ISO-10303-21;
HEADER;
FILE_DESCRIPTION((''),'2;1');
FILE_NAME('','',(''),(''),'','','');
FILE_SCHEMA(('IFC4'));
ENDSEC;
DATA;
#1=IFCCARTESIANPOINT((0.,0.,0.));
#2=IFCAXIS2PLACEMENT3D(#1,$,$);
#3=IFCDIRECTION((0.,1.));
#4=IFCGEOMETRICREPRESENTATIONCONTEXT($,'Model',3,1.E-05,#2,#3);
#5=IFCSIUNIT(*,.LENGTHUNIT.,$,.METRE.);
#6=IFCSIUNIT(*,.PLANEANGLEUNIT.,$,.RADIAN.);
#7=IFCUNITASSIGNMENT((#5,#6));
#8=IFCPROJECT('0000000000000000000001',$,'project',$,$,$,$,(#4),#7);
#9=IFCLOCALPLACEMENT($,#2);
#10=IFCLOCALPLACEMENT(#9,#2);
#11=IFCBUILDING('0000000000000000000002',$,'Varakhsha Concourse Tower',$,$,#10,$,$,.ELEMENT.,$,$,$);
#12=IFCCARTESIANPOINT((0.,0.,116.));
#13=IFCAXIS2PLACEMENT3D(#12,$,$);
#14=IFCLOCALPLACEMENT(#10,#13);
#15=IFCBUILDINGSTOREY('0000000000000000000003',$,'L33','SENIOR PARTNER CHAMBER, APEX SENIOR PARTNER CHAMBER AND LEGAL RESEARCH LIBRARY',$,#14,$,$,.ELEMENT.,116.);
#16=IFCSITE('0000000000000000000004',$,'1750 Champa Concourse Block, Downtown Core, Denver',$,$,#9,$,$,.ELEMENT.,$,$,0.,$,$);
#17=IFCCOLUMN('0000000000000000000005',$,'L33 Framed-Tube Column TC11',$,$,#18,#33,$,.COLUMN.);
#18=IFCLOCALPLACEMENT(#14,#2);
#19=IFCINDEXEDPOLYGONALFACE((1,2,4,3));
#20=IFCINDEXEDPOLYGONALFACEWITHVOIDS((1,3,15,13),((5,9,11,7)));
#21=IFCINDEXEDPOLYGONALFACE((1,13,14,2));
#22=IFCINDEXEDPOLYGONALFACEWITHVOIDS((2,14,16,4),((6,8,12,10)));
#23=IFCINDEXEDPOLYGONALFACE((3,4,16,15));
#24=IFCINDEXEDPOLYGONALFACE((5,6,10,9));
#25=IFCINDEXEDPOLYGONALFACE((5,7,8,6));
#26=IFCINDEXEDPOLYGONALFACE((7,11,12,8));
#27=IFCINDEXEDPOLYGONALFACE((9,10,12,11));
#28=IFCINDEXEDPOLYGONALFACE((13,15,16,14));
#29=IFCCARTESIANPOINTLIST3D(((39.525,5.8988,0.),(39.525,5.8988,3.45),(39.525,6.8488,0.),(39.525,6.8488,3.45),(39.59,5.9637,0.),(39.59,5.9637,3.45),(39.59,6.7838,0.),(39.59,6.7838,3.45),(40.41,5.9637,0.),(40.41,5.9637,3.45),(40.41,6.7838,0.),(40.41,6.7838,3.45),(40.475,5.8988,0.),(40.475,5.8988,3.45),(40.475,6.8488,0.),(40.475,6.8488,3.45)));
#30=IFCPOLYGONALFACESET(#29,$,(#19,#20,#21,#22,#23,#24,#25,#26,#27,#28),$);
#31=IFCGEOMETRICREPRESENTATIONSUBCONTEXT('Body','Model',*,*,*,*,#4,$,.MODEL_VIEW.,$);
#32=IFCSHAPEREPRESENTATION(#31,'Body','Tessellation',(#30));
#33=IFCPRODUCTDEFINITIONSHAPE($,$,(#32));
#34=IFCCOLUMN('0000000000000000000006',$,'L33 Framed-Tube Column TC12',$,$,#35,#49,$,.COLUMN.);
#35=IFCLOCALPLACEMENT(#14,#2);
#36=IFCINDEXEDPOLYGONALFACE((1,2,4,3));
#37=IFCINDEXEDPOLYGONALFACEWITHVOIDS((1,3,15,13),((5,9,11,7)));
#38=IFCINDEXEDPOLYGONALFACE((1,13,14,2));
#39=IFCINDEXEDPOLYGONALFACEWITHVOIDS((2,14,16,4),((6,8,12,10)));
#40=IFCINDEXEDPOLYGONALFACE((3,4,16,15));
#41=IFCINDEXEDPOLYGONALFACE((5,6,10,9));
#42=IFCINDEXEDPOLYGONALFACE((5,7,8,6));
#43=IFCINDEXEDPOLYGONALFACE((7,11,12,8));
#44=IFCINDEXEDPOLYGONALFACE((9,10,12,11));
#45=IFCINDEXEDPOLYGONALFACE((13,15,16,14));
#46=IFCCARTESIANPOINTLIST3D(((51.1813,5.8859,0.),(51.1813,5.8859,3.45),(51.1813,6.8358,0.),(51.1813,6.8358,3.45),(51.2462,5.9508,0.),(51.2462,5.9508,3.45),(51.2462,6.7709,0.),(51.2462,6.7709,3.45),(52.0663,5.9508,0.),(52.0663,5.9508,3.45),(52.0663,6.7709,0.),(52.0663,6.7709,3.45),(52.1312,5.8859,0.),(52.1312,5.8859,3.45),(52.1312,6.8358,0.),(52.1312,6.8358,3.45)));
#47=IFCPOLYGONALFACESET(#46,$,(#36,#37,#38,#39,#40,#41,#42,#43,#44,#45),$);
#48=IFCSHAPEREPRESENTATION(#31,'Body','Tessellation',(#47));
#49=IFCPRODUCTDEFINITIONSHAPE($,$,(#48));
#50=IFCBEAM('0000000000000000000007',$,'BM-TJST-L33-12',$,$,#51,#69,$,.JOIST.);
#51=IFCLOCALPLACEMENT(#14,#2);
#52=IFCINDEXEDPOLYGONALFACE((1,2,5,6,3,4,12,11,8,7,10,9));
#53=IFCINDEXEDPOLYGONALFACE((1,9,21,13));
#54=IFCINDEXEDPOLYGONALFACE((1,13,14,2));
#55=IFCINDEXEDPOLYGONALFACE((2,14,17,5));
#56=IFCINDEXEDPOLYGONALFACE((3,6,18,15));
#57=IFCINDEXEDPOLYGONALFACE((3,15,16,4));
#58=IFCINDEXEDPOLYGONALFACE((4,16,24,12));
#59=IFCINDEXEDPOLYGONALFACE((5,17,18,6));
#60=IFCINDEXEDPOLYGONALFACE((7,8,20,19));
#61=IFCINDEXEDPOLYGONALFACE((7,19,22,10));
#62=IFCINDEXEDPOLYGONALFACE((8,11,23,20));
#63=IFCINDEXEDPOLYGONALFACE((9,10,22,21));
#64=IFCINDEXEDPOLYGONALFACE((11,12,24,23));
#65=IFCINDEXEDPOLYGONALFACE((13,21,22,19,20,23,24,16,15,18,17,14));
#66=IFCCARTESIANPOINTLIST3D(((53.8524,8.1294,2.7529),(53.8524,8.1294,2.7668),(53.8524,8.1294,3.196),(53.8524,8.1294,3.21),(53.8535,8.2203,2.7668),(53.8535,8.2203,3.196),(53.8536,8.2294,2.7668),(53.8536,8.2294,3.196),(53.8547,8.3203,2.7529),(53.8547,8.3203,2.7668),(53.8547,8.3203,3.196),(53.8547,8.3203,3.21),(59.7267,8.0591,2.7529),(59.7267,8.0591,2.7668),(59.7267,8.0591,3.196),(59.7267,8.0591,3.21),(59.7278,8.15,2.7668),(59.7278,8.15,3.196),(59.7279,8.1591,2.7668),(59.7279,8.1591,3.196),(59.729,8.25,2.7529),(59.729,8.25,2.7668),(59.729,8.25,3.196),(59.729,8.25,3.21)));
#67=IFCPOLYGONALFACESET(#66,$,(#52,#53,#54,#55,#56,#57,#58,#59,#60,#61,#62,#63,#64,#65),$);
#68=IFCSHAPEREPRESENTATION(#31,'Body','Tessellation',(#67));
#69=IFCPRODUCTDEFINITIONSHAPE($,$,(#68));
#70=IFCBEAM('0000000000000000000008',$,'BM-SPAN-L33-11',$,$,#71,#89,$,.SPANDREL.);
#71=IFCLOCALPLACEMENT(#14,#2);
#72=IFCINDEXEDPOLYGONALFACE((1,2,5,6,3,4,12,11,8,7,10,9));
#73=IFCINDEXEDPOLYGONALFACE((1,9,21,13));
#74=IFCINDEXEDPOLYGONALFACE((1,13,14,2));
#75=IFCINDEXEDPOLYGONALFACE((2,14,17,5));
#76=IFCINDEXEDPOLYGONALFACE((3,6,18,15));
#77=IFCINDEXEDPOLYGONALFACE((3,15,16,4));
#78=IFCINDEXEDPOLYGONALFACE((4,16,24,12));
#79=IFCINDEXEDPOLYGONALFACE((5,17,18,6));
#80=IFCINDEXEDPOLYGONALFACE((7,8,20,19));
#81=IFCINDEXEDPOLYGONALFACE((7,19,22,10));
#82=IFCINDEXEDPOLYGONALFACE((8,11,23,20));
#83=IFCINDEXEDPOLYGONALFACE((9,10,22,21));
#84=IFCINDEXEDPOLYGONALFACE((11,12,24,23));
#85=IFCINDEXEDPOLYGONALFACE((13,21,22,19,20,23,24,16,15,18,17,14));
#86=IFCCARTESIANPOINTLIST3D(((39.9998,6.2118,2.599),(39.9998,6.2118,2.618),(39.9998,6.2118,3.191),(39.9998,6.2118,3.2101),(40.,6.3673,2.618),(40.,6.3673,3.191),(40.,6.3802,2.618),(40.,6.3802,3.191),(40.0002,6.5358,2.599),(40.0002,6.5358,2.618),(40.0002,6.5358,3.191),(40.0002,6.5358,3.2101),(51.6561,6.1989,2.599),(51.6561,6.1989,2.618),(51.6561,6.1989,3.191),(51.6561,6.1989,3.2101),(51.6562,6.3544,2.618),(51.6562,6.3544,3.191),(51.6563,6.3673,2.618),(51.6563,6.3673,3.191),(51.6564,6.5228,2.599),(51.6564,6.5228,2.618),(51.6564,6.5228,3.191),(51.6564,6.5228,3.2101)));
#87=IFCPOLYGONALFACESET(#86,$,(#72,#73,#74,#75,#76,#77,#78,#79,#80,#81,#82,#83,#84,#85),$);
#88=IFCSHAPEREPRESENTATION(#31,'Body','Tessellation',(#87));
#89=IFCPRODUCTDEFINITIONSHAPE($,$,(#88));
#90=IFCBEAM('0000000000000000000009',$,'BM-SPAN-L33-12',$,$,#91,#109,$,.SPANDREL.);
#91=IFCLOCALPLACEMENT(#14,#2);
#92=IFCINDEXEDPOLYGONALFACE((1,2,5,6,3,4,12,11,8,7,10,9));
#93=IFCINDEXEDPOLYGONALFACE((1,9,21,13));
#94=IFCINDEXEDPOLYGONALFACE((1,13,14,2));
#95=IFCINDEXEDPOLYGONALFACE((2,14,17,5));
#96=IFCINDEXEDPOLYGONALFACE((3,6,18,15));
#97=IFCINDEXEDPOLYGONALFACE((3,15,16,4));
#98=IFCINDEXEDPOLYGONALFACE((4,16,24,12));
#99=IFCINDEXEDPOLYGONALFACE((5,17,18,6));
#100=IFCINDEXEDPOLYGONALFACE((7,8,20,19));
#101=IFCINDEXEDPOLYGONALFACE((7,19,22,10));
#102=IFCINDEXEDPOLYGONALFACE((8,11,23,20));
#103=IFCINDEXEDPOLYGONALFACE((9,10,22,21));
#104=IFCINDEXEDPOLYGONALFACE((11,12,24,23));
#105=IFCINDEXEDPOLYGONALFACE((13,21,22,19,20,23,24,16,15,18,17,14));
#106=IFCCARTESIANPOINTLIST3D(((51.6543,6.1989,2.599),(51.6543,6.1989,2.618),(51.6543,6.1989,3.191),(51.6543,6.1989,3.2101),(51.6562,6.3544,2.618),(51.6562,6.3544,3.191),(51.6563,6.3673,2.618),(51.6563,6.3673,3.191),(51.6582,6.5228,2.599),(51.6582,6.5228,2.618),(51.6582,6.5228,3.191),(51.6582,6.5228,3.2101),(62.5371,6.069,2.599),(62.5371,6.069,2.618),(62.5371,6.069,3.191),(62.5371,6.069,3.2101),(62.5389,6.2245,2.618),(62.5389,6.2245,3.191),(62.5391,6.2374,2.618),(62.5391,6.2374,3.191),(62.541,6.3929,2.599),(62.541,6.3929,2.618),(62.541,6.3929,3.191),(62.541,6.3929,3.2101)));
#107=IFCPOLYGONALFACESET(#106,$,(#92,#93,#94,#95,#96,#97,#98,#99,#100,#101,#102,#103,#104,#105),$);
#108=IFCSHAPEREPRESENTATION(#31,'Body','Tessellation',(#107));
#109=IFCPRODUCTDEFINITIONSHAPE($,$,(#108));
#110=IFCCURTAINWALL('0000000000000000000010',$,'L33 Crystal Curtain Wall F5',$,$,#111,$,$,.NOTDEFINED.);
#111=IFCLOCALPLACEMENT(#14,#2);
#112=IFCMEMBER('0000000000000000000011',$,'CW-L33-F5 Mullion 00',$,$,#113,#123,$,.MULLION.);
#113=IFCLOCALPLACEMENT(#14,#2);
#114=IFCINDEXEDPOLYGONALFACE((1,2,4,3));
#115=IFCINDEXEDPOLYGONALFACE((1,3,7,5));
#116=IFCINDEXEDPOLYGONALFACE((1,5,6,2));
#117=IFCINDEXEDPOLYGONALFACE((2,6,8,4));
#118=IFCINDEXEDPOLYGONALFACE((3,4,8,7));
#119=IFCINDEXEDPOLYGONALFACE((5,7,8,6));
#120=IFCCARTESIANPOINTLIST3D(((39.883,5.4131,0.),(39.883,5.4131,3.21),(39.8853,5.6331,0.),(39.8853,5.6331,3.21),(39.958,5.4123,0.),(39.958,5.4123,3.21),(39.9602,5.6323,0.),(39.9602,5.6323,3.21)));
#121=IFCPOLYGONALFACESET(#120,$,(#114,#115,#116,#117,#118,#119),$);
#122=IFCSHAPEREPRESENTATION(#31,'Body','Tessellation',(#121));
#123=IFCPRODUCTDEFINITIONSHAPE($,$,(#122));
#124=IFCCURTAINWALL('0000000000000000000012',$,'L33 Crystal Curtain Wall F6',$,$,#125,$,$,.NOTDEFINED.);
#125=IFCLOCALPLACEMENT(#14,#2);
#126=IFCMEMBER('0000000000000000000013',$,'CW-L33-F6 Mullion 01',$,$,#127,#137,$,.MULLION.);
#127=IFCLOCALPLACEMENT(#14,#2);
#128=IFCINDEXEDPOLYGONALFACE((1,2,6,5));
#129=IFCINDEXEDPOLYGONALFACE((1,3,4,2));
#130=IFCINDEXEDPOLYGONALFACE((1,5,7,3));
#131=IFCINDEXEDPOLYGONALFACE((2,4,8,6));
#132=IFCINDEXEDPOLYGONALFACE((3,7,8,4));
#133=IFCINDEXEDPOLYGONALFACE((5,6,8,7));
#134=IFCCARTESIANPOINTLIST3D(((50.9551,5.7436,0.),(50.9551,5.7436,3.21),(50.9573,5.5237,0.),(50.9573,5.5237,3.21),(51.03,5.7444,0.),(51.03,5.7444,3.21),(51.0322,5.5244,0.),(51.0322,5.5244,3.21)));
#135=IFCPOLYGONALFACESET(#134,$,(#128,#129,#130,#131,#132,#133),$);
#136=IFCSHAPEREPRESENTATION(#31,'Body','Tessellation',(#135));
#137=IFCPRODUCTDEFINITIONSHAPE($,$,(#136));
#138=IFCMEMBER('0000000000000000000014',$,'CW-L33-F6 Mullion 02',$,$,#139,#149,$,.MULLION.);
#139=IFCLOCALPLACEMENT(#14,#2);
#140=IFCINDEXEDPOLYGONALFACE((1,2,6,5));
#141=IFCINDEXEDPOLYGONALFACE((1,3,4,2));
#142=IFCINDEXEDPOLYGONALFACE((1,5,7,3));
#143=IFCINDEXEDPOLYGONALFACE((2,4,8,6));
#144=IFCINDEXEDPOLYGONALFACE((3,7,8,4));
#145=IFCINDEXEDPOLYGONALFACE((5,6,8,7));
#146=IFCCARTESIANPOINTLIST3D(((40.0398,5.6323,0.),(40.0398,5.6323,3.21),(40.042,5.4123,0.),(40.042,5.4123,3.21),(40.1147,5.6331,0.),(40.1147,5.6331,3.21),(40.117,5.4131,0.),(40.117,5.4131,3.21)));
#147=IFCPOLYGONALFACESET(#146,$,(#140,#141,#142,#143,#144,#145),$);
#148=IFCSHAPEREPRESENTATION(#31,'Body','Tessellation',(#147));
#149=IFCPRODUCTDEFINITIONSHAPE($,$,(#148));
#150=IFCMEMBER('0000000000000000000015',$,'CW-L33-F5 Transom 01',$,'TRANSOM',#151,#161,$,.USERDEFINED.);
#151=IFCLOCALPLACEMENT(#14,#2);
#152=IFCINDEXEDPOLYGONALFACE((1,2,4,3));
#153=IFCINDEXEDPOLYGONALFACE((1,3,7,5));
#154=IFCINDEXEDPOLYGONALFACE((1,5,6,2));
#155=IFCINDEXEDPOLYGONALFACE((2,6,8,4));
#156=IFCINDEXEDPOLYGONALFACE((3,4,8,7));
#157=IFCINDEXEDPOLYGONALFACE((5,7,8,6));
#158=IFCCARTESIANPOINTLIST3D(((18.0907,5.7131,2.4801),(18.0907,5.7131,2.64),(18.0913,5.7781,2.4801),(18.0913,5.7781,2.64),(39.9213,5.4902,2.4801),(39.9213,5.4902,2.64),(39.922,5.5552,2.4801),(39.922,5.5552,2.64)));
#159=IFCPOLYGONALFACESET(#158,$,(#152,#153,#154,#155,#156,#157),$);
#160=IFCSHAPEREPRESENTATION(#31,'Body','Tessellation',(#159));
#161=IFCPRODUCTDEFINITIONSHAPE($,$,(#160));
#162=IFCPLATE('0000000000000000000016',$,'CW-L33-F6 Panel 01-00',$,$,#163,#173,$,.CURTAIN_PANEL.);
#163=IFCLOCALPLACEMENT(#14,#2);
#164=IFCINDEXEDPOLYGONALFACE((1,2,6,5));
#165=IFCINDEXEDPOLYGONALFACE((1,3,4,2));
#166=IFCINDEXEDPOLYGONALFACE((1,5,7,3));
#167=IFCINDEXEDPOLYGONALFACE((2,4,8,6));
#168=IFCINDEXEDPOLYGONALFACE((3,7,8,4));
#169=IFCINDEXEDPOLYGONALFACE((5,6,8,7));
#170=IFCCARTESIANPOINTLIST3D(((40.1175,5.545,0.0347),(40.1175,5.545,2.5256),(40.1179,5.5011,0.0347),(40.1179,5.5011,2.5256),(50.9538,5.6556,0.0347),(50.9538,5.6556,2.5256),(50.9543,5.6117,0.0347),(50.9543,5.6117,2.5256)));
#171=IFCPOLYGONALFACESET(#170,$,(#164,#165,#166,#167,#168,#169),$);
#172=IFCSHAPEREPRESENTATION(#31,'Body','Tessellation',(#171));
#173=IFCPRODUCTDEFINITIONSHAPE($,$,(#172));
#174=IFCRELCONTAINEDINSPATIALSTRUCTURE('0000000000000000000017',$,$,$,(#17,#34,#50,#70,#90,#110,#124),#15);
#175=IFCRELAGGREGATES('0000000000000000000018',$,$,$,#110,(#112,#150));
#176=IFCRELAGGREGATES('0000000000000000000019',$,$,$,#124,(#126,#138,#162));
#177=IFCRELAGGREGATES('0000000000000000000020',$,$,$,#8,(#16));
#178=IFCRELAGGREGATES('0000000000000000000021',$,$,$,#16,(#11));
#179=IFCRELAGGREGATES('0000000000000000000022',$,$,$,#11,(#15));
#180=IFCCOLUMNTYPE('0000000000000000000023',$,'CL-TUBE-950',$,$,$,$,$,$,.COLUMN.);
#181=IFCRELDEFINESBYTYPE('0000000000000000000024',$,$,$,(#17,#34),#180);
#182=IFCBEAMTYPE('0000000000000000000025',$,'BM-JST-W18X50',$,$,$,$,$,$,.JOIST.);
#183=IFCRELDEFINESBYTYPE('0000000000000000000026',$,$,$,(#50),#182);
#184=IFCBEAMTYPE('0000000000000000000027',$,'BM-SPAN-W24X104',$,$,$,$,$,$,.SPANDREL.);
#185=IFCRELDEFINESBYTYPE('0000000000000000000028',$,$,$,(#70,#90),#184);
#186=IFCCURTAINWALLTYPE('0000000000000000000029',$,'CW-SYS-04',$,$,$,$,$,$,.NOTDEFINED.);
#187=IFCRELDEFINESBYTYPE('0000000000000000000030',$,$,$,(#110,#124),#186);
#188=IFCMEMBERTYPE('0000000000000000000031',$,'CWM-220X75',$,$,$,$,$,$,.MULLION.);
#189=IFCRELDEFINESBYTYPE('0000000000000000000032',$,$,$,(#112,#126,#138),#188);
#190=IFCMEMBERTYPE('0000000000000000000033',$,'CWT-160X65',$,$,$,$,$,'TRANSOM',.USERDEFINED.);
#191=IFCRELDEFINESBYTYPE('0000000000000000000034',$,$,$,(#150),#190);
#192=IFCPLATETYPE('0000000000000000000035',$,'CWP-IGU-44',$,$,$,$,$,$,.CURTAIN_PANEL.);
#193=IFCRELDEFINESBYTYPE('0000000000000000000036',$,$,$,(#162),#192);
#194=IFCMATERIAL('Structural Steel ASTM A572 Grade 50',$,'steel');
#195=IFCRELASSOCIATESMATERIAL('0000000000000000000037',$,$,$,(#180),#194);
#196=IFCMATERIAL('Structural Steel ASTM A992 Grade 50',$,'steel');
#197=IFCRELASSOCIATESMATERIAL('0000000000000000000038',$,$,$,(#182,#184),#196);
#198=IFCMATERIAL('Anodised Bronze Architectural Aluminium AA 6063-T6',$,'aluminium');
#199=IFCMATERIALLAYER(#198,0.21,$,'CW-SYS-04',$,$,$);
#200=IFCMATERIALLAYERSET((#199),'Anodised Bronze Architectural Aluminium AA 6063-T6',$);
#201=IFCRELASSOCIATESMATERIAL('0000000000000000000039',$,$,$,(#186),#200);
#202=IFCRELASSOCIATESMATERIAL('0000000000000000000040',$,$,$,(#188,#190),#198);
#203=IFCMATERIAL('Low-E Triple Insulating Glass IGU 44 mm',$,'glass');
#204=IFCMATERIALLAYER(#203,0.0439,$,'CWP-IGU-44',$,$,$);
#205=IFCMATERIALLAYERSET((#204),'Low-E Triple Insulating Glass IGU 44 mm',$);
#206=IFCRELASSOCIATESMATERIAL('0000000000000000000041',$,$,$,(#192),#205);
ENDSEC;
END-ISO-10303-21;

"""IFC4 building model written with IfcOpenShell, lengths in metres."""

from ifc_helpers import new_model, si_unit, direction, frame, origin, origin_2d, place, context, subcontext, project, spatial, rectangle, hollow_rectangle, i_section, extrude, source, transform, mapped, material, layer, layer_set, material_profile, profile_set, type_object, type_shapes, element, aggregate, save


model = new_model("IFC4")

# Units and contexts
model_context = context("Model", 3, precision=1e-05, world=origin(), true_north=direction((0.0, 1.0)))
body_context = subcontext(model_context, "Body", "Model", "MODEL_VIEW")
ifc_project = project(units=[si_unit("LENGTHUNIT", "METRE"), si_unit("PLANEANGLEUNIT", "RADIAN")], contexts=[model_context])

# Site, building, storey
site_placement = place(None, origin())
site = spatial("IfcSite", under=ifc_project, at=site_placement, Name="1750 Champa Concourse Block, Downtown Core, Denver", CompositionType="ELEMENT", RefElevation=0.0)
building_placement = place(site_placement, origin())
building = spatial("IfcBuilding", under=site, at=building_placement, Name="Varakhsha Concourse Tower", CompositionType="ELEMENT")
storey_placement = place(building_placement, frame((0.0, 0.0, 116.0)))
storey = spatial("IfcBuildingStorey", under=building, at=storey_placement, Name="L33", Description="SENIOR PARTNER CHAMBER, APEX SENIOR PARTNER CHAMBER AND LEGAL RESEARCH LIBRARY", CompositionType="ELEMENT", Elevation=116.0)

# Columns
ifc_material_1 = material(Name="Structural Steel ASTM A572 Grade 50", Category="steel")
ifc_material_profile_1 = material_profile(ifc_material_1, hollow_rectangle(XDim=0.95, YDim=0.95, WallThickness=0.0649, at=origin_2d()), Name="BOX 950x950x65")
ifc_profile_set_1 = profile_set([ifc_material_profile_1], Name="Structural Steel ASTM A572 Grade 50")
column_type = type_object("IfcColumnType", Name="CL-TUBE-950", PredefinedType="COLUMN", material=ifc_profile_set_1)
for number, where, z_axis, x_axis, name in (
    (1, (40.0, 6.3738, 0.0), (0.0, 0.0, 1.0), (1.0, 0.0, 0.0), "L33 Framed-Tube Column TC11"),
    (2, (51.6562, 6.3608, 0.0), (0.0, 0.0, 1.0), (1.0, 0.0, 0.0), "L33 Framed-Tube Column TC12"),
):
    element("IfcColumn", number, at=place(storey_placement, frame(where, z_axis=z_axis, x_axis=x_axis)), inside=storey, type_object=column_type, Name=name, PredefinedType="COLUMN", context=body_context, shape_type="SweptSolid", body=[
        extrude(hollow_rectangle(XDim=0.95, YDim=0.95, WallThickness=0.0649, at=origin_2d()), origin(), (0.0, 0.0, 1.0), 3.45),
    ])

# Beams
ifc_material_2 = material(Name="Structural Steel ASTM A992 Grade 50", Category="steel")
ifc_material_profile_2 = material_profile(ifc_material_2, i_section(OverallWidth=0.1909, OverallDepth=0.457, WebThickness=0.009, FlangeThickness=0.0139, at=origin_2d()), Name="W18X50")
ifc_profile_set_2 = profile_set([ifc_material_profile_2], Name="Structural Steel ASTM A992 Grade 50")
beam_type_1 = type_object("IfcBeamType", Name="BM-JST-W18X50", PredefinedType="JOIST", material=ifc_profile_set_2)
beam_1_placement = place(storey_placement, frame((53.8535, 8.2249, 2.9814), z_axis=(0.999928, -0.011969, 0.0), x_axis=(0.011969, 0.999928, 0.0)))
element("IfcBeam", 3, at=beam_1_placement, inside=storey, type_object=beam_type_1, Name="BM-TJST-L33-12", PredefinedType="JOIST", context=body_context, shape_type="SweptSolid", body=[
    extrude(i_section(OverallWidth=0.1909, OverallDepth=0.457, WebThickness=0.009, FlangeThickness=0.0139, at=origin_2d()), origin(), (0.0, 0.0, 1.0), 5.8748),
])
ifc_material_profile_3 = material_profile(ifc_material_2, i_section(OverallWidth=0.324, OverallDepth=0.6111, WebThickness=0.0129, FlangeThickness=0.019, at=origin_2d()), Name="W24X104")
ifc_profile_set_3 = profile_set([ifc_material_profile_3], Name="Structural Steel ASTM A992 Grade 50")
beam_type_2 = type_object("IfcBeamType", Name="BM-SPAN-W24X104", PredefinedType="SPANDREL", material=ifc_profile_set_3)
beam_2_placement = place(storey_placement, frame((40.0, 6.3738, 2.9045), z_axis=(0.999999, -0.00111, 0.0), x_axis=(0.00111, 0.999999, 0.0)))
element("IfcBeam", 4, at=beam_2_placement, inside=storey, type_object=beam_type_2, Name="BM-SPAN-L33-11", PredefinedType="SPANDREL", context=body_context, shape_type="SweptSolid", body=[
    extrude(i_section(OverallWidth=0.324, OverallDepth=0.6111, WebThickness=0.0129, FlangeThickness=0.019, at=origin_2d()), origin(), (0.0, 0.0, 1.0), 11.6562),
])
beam_3_placement = place(storey_placement, frame((51.6562, 6.3608, 2.9045), z_axis=(0.999929, -0.011934, 0.0), x_axis=(0.011934, 0.999929, 0.0)))
element("IfcBeam", 5, at=beam_3_placement, inside=storey, type_object=beam_type_2, Name="BM-SPAN-L33-12", PredefinedType="SPANDREL", context=body_context, shape_type="SweptSolid", body=[
    extrude(i_section(OverallWidth=0.324, OverallDepth=0.6111, WebThickness=0.0129, FlangeThickness=0.019, at=origin_2d()), origin(), (0.0, 0.0, 1.0), 10.8835),
])

# Curtain wall, member
ifc_material_3 = material(Name="Anodised Bronze Architectural Aluminium AA 6063-T6", Category="aluminium")
ifc_layer_1 = layer(ifc_material_3, 0.21, Name="CW-SYS-04")
ifc_layer_set_1 = layer_set([ifc_layer_1], Name="Anodised Bronze Architectural Aluminium AA 6063-T6")
curtain_wall_type = type_object("IfcCurtainWallType", Name="CW-SYS-04", PredefinedType="NOTDEFINED", material=ifc_layer_set_1)
curtain_wall_1_placement = place(storey_placement, origin())
curtain_wall_1 = element("IfcCurtainWall", 6, at=curtain_wall_1_placement, inside=storey, type_object=curtain_wall_type, Name="L33 Crystal Curtain Wall F5", PredefinedType="NOTDEFINED")
ifc_material_profile_4 = material_profile(ifc_material_3, rectangle(XDim=0.075, YDim=0.22, at=origin_2d()), Name="CWM-220X75")
ifc_profile_set_4 = profile_set([ifc_material_profile_4], Name="Anodised Bronze Architectural Aluminium AA 6063-T6")
member_type_1 = type_object("IfcMemberType", Name="CWM-220X75", PredefinedType="MULLION", material=ifc_profile_set_4)
shared_shape_1 = source(origin(), body_context, "Body", "SweptSolid", [
    extrude(rectangle(XDim=0.075, YDim=0.22, at=origin_2d()), origin(), (0.0, 0.0, 1.0), 3.21),
])
type_shapes(member_type_1, [shared_shape_1])
member_1_placement = place(storey_placement, frame((39.9216, 5.5227, 0.0), z_axis=(0.0, 0.0, 1.0), x_axis=(-0.999948, 0.010205, 0.0)))
member_1 = element("IfcMember", 7, at=member_1_placement, type_object=member_type_1, Name="CW-L33-F5 Mullion 00", PredefinedType="MULLION", context=body_context, shape_type="MappedRepresentation", body=[
    mapped(shared_shape_1, transform((0.0, 0.0, 0.0), scale=1.0)),
])

# Curtain wall, members
curtain_wall_2_placement = place(storey_placement, origin())
curtain_wall_2 = element("IfcCurtainWall", 8, at=curtain_wall_2_placement, inside=storey, type_object=curtain_wall_type, Name="L33 Crystal Curtain Wall F6", PredefinedType="NOTDEFINED")
member_2_placement = place(storey_placement, frame((50.9937, 5.634, 0.0), z_axis=(0.0, 0.0, 1.0), x_axis=(-0.999948, -0.010205, 0.0)))
member_2 = element("IfcMember", 9, at=member_2_placement, type_object=member_type_1, Name="CW-L33-F6 Mullion 01", PredefinedType="MULLION", context=body_context, shape_type="MappedRepresentation", body=[
    mapped(shared_shape_1, transform((0.0, 0.0, 0.0), scale=1.0)),
])
member_3_placement = place(storey_placement, frame((40.0784, 5.5227, 0.0), z_axis=(0.0, 0.0, 1.0), x_axis=(-0.999948, -0.010205, 0.0)))
member_3 = element("IfcMember", 10, at=member_3_placement, type_object=member_type_1, Name="CW-L33-F6 Mullion 02", PredefinedType="MULLION", context=body_context, shape_type="MappedRepresentation", body=[
    mapped(shared_shape_1, transform((0.0, 0.0, 0.0), scale=1.0)),
])

# Member
ifc_material_profile_5 = material_profile(ifc_material_3, rectangle(XDim=0.0649, YDim=0.1599, at=origin_2d()), Name="CWT-160X65")
ifc_profile_set_5 = profile_set([ifc_material_profile_5], Name="Anodised Bronze Architectural Aluminium AA 6063-T6")
member_type_2 = type_object("IfcMemberType", Name="CWT-160X65", ElementType="TRANSOM", PredefinedType="USERDEFINED", material=ifc_profile_set_5)
shared_shape_2 = source(origin(), body_context, "Body", "SweptSolid", [
    extrude(rectangle(XDim=0.0649, YDim=0.1599, at=origin_2d()), origin(), (0.0, 0.0, 1.0), 21.8318),
])
type_shapes(member_type_2, [shared_shape_2])
member_4_placement = place(storey_placement, frame((39.9216, 5.5227, 2.5601), z_axis=(-0.999948, 0.01021, 0.0), x_axis=(-0.01021, -0.999948, 0.0)))
member_4 = element("IfcMember", 11, at=member_4_placement, type_object=member_type_2, Name="CW-L33-F5 Transom 01", ObjectType="TRANSOM", PredefinedType="USERDEFINED", context=body_context, shape_type="MappedRepresentation", body=[
    mapped(shared_shape_2, transform((0.0, 0.0, 0.0), scale=1.0)),
])
aggregate(curtain_wall_1, [member_1, member_4])

# Plate
ifc_material_4 = material(Name="Low-E Triple Insulating Glass IGU 44 mm", Category="glass")
ifc_layer_2 = layer(ifc_material_4, 0.0439, Name="CWP-IGU-44")
ifc_layer_set_2 = layer_set([ifc_layer_2], Name="Low-E Triple Insulating Glass IGU 44 mm")
plate_type_1 = type_object("IfcPlateType", Name="CWP-IGU-44", PredefinedType="CURTAIN_PANEL", material=ifc_layer_set_2)
shared_shape_3 = source(origin(), body_context, "Body", "SweptSolid", [
    extrude(rectangle(XDim=10.8369, YDim=0.0439, at=origin_2d()), origin(), (0.0, 0.0, 1.0), 2.491),
])
type_shapes(plate_type_1, [shared_shape_3])
plate_1_placement = place(storey_placement, frame((45.5359, 5.5784, 0.0347), z_axis=(0.0, 0.0, 1.0), x_axis=(-0.999948, -0.010205, 0.0)))
plate_1 = element("IfcPlate", 12, at=plate_1_placement, type_object=plate_type_1, Name="CW-L33-F6 Panel 01-00", PredefinedType="CURTAIN_PANEL", context=body_context, shape_type="MappedRepresentation", body=[
    mapped(shared_shape_3, transform((0.0, 0.0, 0.0), scale=1.0)),
])
aggregate(curtain_wall_2, [member_2, member_3, plate_1])

save(model, "model.ifc")
